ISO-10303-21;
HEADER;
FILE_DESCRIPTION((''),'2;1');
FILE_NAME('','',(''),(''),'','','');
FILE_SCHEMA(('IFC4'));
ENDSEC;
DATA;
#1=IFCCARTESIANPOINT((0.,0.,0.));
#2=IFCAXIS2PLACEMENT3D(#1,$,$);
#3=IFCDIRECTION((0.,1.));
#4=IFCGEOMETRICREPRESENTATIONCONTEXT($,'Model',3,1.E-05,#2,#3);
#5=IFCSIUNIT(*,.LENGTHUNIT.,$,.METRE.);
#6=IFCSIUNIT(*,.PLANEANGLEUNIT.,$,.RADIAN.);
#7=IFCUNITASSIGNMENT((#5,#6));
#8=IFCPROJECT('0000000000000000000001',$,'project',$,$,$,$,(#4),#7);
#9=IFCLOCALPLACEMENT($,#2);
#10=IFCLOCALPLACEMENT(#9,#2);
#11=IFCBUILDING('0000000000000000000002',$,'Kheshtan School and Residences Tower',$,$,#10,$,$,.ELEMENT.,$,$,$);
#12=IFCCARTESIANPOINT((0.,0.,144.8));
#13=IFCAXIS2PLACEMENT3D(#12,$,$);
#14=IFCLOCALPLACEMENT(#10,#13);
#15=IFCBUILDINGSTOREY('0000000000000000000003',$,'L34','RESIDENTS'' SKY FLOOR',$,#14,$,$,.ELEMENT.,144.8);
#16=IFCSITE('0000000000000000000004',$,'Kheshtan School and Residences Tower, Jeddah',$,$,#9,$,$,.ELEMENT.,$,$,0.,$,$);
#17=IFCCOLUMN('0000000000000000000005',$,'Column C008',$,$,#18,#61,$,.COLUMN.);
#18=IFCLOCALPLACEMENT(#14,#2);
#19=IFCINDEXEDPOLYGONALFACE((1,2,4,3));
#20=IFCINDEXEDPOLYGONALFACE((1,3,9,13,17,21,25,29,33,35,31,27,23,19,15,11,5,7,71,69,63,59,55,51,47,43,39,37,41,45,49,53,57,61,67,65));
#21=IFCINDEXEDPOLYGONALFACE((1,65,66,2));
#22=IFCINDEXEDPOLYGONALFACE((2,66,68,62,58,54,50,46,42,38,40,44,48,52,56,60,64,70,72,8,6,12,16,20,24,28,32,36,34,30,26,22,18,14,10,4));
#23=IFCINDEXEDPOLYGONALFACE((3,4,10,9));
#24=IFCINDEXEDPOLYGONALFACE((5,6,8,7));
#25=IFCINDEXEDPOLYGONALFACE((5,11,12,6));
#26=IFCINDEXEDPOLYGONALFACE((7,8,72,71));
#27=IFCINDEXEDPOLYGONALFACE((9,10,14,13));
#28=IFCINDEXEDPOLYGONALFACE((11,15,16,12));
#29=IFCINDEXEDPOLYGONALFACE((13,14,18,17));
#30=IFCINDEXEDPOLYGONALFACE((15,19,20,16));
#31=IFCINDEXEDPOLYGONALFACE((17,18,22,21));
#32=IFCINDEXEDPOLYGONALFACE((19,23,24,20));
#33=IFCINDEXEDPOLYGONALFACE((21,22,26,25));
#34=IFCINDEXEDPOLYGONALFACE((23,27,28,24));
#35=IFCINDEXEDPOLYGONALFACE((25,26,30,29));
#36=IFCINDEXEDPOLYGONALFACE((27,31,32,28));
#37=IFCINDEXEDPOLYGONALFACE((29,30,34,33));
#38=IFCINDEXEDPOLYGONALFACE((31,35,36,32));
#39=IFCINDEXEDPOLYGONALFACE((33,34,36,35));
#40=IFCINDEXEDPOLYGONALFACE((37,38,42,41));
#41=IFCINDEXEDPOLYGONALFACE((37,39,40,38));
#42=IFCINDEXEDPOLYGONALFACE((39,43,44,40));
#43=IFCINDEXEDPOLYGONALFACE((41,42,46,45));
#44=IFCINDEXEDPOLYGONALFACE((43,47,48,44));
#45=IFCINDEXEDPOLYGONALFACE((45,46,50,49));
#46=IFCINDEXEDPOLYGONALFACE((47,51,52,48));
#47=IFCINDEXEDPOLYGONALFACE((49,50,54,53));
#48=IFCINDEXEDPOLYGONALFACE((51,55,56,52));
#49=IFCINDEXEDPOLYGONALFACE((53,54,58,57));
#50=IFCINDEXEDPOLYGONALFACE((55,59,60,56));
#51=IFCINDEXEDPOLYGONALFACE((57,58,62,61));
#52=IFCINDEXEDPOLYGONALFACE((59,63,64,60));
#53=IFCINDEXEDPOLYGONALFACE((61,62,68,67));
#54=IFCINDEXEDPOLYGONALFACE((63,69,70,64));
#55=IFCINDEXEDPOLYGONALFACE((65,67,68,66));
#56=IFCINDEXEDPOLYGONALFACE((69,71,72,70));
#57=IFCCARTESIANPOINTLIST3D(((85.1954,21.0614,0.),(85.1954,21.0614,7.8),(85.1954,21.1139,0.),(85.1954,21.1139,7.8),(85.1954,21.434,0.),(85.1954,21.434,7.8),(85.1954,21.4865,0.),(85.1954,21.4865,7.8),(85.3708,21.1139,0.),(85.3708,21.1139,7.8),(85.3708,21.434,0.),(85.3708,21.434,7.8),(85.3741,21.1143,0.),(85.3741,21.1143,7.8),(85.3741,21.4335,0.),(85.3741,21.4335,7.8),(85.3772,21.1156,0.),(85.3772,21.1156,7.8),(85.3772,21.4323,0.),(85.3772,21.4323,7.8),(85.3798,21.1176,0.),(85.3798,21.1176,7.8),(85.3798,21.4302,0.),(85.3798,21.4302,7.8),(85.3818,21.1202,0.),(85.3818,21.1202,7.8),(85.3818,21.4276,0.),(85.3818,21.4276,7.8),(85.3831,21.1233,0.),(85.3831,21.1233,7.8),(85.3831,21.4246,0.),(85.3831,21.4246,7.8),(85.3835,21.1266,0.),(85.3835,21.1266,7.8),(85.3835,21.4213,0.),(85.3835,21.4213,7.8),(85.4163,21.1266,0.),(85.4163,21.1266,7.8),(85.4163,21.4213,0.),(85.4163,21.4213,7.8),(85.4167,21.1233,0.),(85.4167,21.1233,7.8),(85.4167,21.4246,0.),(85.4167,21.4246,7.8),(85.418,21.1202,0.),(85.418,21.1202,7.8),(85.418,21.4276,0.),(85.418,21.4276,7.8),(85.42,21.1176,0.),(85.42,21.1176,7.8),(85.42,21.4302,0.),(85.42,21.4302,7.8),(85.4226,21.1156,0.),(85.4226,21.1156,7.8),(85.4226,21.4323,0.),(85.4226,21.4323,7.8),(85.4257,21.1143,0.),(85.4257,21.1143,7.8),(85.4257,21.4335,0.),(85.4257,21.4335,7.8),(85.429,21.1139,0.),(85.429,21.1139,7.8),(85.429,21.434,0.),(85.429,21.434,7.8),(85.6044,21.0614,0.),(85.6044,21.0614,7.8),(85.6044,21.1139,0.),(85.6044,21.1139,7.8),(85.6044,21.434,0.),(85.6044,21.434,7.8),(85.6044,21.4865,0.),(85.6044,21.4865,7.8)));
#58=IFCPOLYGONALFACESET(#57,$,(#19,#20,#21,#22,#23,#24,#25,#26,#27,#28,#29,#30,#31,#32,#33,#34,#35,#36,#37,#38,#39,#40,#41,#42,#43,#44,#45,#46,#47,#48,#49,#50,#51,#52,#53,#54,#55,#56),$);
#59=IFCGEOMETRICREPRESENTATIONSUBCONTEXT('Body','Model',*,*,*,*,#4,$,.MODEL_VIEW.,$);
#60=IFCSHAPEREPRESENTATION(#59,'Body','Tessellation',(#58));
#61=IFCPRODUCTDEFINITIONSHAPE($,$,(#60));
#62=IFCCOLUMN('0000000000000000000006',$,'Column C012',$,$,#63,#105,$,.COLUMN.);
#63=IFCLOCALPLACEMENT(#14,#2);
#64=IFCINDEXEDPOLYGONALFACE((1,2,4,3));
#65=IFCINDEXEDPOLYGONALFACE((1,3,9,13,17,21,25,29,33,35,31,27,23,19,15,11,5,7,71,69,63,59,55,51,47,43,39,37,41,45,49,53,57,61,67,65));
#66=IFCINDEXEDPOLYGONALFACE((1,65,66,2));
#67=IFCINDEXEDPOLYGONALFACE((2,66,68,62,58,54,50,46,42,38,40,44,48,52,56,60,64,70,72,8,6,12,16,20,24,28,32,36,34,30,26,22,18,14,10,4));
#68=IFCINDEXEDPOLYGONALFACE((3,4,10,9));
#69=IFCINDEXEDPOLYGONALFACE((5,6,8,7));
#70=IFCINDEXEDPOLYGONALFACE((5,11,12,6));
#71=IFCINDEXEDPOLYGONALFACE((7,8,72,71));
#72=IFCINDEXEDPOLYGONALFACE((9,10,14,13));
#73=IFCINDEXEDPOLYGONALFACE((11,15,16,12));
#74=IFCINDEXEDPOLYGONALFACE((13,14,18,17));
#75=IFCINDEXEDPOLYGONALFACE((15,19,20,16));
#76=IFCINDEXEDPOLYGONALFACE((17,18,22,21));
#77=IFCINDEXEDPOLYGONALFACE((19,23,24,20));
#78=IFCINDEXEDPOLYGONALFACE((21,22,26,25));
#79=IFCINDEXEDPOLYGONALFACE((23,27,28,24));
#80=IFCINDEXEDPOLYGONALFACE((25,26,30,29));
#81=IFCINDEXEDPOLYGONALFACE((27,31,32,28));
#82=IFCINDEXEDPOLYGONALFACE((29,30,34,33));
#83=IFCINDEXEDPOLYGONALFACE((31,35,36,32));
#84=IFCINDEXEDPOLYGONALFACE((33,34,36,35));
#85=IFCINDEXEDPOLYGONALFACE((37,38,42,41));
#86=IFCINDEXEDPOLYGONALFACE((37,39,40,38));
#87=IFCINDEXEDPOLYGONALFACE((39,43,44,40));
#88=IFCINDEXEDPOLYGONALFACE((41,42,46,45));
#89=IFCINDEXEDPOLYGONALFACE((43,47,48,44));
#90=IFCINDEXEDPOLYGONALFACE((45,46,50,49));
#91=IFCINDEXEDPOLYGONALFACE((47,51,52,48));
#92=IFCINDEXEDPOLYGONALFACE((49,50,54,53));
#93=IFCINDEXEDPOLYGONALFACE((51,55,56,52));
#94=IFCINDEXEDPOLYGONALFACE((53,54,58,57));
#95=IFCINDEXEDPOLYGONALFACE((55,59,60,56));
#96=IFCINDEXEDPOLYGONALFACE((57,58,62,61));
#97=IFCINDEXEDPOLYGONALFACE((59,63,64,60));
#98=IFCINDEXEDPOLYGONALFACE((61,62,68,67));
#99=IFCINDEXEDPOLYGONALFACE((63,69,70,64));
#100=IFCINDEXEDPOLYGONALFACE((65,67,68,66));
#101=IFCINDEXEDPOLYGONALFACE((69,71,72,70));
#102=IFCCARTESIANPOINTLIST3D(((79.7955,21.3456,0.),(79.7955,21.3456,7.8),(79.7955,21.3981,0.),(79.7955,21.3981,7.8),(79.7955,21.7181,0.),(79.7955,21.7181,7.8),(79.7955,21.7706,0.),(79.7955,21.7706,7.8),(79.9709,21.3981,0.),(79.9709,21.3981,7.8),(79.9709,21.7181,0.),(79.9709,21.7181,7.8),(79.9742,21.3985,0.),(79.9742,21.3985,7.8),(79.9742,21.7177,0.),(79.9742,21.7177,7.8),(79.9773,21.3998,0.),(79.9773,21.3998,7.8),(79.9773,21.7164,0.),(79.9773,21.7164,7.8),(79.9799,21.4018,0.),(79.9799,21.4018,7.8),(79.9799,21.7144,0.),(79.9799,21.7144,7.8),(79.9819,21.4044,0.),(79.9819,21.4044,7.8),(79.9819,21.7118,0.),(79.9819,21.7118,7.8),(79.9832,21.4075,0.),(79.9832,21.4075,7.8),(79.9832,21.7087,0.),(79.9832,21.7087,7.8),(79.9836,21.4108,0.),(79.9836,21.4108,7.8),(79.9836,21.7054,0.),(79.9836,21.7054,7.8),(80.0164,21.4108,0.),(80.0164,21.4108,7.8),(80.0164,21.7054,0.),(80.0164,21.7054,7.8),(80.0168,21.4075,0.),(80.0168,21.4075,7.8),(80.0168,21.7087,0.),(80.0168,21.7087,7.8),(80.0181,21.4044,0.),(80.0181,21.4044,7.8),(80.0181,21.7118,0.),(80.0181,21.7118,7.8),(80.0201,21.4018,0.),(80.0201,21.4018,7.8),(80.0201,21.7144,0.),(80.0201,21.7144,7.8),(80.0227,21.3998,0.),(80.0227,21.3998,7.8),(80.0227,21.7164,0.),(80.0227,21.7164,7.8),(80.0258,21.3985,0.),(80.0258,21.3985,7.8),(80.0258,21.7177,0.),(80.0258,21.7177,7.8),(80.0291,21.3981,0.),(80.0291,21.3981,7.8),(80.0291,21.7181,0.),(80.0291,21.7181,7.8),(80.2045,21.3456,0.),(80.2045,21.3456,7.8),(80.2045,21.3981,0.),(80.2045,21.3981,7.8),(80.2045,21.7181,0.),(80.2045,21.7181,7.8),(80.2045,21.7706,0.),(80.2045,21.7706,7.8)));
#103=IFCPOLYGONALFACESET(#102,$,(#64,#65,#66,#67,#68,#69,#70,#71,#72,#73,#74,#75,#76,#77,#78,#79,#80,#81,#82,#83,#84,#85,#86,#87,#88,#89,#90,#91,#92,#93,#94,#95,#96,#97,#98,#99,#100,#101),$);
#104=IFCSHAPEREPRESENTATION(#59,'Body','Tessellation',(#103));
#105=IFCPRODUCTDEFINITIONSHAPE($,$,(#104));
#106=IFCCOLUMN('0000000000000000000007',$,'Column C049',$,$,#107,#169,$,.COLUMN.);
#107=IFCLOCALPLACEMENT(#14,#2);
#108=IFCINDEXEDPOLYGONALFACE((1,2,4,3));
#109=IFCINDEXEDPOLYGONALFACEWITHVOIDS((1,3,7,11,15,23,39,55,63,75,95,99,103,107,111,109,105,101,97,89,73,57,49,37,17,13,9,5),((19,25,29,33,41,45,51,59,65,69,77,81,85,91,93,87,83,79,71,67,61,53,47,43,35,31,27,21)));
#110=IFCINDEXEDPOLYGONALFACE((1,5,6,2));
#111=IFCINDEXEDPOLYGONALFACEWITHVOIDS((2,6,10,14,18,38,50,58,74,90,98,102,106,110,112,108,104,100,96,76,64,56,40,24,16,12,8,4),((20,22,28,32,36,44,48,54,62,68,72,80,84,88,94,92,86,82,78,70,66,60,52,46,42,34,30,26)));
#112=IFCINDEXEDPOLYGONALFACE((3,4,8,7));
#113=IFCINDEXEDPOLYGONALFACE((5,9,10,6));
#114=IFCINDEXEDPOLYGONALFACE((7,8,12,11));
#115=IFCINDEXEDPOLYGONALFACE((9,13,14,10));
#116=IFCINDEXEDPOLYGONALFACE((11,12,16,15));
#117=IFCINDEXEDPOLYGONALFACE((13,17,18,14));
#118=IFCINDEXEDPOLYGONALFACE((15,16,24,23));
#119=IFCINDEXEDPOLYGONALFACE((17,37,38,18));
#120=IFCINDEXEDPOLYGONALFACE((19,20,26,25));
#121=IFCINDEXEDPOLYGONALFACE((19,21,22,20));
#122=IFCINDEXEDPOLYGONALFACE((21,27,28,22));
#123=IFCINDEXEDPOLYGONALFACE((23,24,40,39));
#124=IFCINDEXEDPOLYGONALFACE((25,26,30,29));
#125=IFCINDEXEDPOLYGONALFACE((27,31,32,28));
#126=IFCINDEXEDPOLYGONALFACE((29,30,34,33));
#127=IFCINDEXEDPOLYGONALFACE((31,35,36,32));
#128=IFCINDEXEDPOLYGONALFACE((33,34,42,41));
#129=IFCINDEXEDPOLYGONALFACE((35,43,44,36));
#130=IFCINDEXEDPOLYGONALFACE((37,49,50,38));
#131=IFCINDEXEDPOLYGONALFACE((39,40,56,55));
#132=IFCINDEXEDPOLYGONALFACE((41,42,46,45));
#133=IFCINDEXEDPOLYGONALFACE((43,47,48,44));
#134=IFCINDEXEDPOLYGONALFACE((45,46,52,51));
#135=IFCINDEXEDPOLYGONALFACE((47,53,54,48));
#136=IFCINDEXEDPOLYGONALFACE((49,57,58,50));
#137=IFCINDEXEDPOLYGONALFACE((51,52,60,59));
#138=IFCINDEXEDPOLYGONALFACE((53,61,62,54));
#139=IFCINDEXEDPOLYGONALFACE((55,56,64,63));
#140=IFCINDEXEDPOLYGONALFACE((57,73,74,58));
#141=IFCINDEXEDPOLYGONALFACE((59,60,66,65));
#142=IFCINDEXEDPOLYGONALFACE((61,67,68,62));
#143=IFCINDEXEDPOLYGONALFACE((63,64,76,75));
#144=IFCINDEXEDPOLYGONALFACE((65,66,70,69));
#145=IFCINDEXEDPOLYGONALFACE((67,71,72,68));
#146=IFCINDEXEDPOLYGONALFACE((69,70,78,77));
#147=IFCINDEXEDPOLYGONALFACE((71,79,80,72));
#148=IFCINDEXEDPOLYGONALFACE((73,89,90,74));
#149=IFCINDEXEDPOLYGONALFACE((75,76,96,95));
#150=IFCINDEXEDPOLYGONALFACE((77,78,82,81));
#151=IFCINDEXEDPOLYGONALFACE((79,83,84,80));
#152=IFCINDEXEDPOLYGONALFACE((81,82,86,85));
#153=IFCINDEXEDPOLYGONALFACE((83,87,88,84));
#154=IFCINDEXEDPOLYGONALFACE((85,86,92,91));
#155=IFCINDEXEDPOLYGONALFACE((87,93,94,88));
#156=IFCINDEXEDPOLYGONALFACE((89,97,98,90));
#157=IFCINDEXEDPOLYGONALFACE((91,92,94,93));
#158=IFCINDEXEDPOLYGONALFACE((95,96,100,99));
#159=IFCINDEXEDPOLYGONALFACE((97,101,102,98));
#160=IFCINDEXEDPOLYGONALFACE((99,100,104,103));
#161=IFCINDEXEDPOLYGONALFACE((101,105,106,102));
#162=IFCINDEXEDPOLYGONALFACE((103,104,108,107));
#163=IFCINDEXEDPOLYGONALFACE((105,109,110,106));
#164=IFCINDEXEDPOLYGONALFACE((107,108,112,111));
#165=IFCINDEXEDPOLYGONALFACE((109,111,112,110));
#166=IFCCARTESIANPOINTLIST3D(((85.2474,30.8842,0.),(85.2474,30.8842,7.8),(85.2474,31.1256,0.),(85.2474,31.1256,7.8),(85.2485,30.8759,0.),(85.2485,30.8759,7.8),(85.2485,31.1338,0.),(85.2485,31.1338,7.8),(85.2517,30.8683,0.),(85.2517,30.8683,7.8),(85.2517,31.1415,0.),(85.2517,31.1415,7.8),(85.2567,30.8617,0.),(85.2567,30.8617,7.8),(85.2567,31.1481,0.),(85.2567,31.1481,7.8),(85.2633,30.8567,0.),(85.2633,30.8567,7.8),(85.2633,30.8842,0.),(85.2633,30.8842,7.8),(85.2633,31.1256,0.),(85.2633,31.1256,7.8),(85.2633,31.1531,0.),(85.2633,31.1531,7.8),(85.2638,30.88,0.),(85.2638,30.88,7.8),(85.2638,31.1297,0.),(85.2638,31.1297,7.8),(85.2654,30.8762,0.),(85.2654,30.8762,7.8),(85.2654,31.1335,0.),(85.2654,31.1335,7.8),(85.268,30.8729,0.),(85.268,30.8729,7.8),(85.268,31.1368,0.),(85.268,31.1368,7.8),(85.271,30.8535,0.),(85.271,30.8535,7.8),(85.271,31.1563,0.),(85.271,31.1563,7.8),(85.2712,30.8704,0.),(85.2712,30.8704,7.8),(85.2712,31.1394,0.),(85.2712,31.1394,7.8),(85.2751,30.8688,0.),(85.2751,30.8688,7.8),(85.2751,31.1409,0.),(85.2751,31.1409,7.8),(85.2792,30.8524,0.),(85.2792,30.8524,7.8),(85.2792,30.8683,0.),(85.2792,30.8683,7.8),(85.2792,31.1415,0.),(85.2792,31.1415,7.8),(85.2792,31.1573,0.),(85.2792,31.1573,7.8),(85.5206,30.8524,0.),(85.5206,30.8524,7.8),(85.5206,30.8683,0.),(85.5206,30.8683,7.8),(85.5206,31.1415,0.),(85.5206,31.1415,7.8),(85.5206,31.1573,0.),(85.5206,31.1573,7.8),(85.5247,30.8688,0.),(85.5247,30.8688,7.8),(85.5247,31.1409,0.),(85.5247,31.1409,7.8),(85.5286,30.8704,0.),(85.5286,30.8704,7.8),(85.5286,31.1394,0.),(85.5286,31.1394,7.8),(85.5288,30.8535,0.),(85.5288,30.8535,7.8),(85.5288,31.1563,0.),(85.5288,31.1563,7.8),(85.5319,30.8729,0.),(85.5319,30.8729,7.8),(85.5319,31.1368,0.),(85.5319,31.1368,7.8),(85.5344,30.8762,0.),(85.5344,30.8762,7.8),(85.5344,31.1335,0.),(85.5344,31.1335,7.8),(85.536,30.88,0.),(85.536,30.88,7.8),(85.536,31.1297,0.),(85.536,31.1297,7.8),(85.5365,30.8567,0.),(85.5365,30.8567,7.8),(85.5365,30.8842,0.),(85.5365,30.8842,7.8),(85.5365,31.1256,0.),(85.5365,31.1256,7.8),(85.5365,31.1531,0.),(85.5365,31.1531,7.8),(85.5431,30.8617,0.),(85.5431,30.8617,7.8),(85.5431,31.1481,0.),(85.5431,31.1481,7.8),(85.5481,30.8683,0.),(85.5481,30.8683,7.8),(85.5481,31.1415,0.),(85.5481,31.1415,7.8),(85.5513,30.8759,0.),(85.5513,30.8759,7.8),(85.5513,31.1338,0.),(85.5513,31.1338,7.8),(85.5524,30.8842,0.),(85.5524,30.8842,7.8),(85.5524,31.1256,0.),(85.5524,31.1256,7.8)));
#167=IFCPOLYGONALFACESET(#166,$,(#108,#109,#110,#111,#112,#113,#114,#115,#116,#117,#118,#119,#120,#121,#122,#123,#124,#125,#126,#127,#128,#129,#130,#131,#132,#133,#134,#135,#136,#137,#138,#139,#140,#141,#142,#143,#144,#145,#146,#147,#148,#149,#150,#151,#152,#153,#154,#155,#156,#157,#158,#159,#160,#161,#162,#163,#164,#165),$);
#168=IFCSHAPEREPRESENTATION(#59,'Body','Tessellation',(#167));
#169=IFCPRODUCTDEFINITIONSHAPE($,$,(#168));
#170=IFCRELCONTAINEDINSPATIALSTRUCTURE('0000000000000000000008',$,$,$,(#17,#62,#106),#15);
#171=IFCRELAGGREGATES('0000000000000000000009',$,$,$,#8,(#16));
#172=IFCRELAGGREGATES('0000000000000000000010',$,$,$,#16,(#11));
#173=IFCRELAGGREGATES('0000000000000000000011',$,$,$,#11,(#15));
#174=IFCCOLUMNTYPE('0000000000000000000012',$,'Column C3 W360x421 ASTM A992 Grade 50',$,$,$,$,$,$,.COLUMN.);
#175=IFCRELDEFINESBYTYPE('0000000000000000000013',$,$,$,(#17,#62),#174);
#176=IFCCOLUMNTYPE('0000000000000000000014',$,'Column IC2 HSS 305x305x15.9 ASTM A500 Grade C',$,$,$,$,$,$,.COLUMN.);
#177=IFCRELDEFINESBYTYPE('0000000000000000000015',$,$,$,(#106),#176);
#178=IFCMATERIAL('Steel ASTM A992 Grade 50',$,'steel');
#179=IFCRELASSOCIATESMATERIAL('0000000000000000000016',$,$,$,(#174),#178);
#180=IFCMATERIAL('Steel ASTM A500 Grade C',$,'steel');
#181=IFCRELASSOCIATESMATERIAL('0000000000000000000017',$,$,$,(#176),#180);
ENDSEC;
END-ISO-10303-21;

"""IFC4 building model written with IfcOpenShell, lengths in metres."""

from ifc_helpers import new_model, si_unit, direction, frame, origin, origin_2d, place, context, subcontext, project, spatial, hollow_rectangle, i_section, extrude, material, material_profile, profile_set, type_object, element, save


model = new_model("IFC4")

# Units and contexts
model_context = context("Model", 3, precision=1e-05, world=origin(), true_north=direction((0.0, 1.0)))
body_context = subcontext(model_context, "Body", "Model", "MODEL_VIEW")
ifc_project = project(units=[si_unit("LENGTHUNIT", "METRE"), si_unit("PLANEANGLEUNIT", "RADIAN")], contexts=[model_context])

# Site, building, storey
site_placement = place(None, origin())
site = spatial("IfcSite", under=ifc_project, at=site_placement, Name="Kheshtan School and Residences Tower, Jeddah", CompositionType="ELEMENT", RefElevation=0.0)
building_placement = place(site_placement, origin())
building = spatial("IfcBuilding", under=site, at=building_placement, Name="Kheshtan School and Residences Tower", CompositionType="ELEMENT")
storey_placement = place(building_placement, frame((0.0, 0.0, 144.8)))
storey = spatial("IfcBuildingStorey", under=building, at=storey_placement, Name="L34", Description="RESIDENTS' SKY FLOOR", CompositionType="ELEMENT", Elevation=144.8)

# Columns
ifc_material_1 = material(Name="Steel ASTM A992 Grade 50", Category="steel")
ifc_material_profile_1 = material_profile(ifc_material_1, i_section(OverallWidth=0.4089, OverallDepth=0.425, WebThickness=0.0327, FlangeThickness=0.0525, FilletRadius=0.0127, at=origin_2d()), Name="W360x421")
ifc_profile_set_1 = profile_set([ifc_material_profile_1], Name="Steel ASTM A992 Grade 50")
column_type_1 = type_object("IfcColumnType", Name="Column C3 W360x421 ASTM A992 Grade 50", PredefinedType="COLUMN", material=ifc_profile_set_1)
for number, where, z_axis, x_axis, name in (
    (1, (85.3999, 21.2739, 0.0), (0.0, 0.0, 1.0), (1.0, 0.0, 0.0), "Column C008"),
    (2, (80.0, 21.5581, 0.0), (0.0, 0.0, 1.0), (1.0, 0.0, 0.0), "Column C012"),
):
    element("IfcColumn", number, at=place(storey_placement, frame(where, z_axis=z_axis, x_axis=x_axis)), inside=storey, type_object=column_type_1, Name=name, PredefinedType="COLUMN", context=body_context, shape_type="SweptSolid", body=[
        extrude(i_section(OverallWidth=0.4089, OverallDepth=0.425, WebThickness=0.0327, FlangeThickness=0.0525, FilletRadius=0.0127, at=origin_2d()), origin(), (0.0, 0.0, 1.0), 7.8),
    ])
ifc_material_2 = material(Name="Steel ASTM A500 Grade C", Category="steel")
ifc_material_profile_2 = material_profile(ifc_material_2, hollow_rectangle(XDim=0.3049, YDim=0.3049, WallThickness=0.0159, InnerFilletRadius=0.0159, OuterFilletRadius=0.0317, at=origin_2d()), Name="HSS 305x305x15.9")
ifc_profile_set_2 = profile_set([ifc_material_profile_2], Name="Steel ASTM A500 Grade C")
column_type_2 = type_object("IfcColumnType", Name="Column IC2 HSS 305x305x15.9 ASTM A500 Grade C", PredefinedType="COLUMN", material=ifc_profile_set_2)
column_placement = place(storey_placement, frame((85.3999, 31.0049, 0.0), z_axis=(0.0, 0.0, 1.0), x_axis=(1.0, 0.0, 0.0)))
element("IfcColumn", 3, at=column_placement, inside=storey, type_object=column_type_2, Name="Column C049", PredefinedType="COLUMN", context=body_context, shape_type="SweptSolid", body=[
    extrude(hollow_rectangle(XDim=0.3049, YDim=0.3049, WallThickness=0.0159, InnerFilletRadius=0.0159, OuterFilletRadius=0.0317, at=origin_2d()), origin(), (0.0, 0.0, 1.0), 7.8),
])

save(model, "model.ifc")
